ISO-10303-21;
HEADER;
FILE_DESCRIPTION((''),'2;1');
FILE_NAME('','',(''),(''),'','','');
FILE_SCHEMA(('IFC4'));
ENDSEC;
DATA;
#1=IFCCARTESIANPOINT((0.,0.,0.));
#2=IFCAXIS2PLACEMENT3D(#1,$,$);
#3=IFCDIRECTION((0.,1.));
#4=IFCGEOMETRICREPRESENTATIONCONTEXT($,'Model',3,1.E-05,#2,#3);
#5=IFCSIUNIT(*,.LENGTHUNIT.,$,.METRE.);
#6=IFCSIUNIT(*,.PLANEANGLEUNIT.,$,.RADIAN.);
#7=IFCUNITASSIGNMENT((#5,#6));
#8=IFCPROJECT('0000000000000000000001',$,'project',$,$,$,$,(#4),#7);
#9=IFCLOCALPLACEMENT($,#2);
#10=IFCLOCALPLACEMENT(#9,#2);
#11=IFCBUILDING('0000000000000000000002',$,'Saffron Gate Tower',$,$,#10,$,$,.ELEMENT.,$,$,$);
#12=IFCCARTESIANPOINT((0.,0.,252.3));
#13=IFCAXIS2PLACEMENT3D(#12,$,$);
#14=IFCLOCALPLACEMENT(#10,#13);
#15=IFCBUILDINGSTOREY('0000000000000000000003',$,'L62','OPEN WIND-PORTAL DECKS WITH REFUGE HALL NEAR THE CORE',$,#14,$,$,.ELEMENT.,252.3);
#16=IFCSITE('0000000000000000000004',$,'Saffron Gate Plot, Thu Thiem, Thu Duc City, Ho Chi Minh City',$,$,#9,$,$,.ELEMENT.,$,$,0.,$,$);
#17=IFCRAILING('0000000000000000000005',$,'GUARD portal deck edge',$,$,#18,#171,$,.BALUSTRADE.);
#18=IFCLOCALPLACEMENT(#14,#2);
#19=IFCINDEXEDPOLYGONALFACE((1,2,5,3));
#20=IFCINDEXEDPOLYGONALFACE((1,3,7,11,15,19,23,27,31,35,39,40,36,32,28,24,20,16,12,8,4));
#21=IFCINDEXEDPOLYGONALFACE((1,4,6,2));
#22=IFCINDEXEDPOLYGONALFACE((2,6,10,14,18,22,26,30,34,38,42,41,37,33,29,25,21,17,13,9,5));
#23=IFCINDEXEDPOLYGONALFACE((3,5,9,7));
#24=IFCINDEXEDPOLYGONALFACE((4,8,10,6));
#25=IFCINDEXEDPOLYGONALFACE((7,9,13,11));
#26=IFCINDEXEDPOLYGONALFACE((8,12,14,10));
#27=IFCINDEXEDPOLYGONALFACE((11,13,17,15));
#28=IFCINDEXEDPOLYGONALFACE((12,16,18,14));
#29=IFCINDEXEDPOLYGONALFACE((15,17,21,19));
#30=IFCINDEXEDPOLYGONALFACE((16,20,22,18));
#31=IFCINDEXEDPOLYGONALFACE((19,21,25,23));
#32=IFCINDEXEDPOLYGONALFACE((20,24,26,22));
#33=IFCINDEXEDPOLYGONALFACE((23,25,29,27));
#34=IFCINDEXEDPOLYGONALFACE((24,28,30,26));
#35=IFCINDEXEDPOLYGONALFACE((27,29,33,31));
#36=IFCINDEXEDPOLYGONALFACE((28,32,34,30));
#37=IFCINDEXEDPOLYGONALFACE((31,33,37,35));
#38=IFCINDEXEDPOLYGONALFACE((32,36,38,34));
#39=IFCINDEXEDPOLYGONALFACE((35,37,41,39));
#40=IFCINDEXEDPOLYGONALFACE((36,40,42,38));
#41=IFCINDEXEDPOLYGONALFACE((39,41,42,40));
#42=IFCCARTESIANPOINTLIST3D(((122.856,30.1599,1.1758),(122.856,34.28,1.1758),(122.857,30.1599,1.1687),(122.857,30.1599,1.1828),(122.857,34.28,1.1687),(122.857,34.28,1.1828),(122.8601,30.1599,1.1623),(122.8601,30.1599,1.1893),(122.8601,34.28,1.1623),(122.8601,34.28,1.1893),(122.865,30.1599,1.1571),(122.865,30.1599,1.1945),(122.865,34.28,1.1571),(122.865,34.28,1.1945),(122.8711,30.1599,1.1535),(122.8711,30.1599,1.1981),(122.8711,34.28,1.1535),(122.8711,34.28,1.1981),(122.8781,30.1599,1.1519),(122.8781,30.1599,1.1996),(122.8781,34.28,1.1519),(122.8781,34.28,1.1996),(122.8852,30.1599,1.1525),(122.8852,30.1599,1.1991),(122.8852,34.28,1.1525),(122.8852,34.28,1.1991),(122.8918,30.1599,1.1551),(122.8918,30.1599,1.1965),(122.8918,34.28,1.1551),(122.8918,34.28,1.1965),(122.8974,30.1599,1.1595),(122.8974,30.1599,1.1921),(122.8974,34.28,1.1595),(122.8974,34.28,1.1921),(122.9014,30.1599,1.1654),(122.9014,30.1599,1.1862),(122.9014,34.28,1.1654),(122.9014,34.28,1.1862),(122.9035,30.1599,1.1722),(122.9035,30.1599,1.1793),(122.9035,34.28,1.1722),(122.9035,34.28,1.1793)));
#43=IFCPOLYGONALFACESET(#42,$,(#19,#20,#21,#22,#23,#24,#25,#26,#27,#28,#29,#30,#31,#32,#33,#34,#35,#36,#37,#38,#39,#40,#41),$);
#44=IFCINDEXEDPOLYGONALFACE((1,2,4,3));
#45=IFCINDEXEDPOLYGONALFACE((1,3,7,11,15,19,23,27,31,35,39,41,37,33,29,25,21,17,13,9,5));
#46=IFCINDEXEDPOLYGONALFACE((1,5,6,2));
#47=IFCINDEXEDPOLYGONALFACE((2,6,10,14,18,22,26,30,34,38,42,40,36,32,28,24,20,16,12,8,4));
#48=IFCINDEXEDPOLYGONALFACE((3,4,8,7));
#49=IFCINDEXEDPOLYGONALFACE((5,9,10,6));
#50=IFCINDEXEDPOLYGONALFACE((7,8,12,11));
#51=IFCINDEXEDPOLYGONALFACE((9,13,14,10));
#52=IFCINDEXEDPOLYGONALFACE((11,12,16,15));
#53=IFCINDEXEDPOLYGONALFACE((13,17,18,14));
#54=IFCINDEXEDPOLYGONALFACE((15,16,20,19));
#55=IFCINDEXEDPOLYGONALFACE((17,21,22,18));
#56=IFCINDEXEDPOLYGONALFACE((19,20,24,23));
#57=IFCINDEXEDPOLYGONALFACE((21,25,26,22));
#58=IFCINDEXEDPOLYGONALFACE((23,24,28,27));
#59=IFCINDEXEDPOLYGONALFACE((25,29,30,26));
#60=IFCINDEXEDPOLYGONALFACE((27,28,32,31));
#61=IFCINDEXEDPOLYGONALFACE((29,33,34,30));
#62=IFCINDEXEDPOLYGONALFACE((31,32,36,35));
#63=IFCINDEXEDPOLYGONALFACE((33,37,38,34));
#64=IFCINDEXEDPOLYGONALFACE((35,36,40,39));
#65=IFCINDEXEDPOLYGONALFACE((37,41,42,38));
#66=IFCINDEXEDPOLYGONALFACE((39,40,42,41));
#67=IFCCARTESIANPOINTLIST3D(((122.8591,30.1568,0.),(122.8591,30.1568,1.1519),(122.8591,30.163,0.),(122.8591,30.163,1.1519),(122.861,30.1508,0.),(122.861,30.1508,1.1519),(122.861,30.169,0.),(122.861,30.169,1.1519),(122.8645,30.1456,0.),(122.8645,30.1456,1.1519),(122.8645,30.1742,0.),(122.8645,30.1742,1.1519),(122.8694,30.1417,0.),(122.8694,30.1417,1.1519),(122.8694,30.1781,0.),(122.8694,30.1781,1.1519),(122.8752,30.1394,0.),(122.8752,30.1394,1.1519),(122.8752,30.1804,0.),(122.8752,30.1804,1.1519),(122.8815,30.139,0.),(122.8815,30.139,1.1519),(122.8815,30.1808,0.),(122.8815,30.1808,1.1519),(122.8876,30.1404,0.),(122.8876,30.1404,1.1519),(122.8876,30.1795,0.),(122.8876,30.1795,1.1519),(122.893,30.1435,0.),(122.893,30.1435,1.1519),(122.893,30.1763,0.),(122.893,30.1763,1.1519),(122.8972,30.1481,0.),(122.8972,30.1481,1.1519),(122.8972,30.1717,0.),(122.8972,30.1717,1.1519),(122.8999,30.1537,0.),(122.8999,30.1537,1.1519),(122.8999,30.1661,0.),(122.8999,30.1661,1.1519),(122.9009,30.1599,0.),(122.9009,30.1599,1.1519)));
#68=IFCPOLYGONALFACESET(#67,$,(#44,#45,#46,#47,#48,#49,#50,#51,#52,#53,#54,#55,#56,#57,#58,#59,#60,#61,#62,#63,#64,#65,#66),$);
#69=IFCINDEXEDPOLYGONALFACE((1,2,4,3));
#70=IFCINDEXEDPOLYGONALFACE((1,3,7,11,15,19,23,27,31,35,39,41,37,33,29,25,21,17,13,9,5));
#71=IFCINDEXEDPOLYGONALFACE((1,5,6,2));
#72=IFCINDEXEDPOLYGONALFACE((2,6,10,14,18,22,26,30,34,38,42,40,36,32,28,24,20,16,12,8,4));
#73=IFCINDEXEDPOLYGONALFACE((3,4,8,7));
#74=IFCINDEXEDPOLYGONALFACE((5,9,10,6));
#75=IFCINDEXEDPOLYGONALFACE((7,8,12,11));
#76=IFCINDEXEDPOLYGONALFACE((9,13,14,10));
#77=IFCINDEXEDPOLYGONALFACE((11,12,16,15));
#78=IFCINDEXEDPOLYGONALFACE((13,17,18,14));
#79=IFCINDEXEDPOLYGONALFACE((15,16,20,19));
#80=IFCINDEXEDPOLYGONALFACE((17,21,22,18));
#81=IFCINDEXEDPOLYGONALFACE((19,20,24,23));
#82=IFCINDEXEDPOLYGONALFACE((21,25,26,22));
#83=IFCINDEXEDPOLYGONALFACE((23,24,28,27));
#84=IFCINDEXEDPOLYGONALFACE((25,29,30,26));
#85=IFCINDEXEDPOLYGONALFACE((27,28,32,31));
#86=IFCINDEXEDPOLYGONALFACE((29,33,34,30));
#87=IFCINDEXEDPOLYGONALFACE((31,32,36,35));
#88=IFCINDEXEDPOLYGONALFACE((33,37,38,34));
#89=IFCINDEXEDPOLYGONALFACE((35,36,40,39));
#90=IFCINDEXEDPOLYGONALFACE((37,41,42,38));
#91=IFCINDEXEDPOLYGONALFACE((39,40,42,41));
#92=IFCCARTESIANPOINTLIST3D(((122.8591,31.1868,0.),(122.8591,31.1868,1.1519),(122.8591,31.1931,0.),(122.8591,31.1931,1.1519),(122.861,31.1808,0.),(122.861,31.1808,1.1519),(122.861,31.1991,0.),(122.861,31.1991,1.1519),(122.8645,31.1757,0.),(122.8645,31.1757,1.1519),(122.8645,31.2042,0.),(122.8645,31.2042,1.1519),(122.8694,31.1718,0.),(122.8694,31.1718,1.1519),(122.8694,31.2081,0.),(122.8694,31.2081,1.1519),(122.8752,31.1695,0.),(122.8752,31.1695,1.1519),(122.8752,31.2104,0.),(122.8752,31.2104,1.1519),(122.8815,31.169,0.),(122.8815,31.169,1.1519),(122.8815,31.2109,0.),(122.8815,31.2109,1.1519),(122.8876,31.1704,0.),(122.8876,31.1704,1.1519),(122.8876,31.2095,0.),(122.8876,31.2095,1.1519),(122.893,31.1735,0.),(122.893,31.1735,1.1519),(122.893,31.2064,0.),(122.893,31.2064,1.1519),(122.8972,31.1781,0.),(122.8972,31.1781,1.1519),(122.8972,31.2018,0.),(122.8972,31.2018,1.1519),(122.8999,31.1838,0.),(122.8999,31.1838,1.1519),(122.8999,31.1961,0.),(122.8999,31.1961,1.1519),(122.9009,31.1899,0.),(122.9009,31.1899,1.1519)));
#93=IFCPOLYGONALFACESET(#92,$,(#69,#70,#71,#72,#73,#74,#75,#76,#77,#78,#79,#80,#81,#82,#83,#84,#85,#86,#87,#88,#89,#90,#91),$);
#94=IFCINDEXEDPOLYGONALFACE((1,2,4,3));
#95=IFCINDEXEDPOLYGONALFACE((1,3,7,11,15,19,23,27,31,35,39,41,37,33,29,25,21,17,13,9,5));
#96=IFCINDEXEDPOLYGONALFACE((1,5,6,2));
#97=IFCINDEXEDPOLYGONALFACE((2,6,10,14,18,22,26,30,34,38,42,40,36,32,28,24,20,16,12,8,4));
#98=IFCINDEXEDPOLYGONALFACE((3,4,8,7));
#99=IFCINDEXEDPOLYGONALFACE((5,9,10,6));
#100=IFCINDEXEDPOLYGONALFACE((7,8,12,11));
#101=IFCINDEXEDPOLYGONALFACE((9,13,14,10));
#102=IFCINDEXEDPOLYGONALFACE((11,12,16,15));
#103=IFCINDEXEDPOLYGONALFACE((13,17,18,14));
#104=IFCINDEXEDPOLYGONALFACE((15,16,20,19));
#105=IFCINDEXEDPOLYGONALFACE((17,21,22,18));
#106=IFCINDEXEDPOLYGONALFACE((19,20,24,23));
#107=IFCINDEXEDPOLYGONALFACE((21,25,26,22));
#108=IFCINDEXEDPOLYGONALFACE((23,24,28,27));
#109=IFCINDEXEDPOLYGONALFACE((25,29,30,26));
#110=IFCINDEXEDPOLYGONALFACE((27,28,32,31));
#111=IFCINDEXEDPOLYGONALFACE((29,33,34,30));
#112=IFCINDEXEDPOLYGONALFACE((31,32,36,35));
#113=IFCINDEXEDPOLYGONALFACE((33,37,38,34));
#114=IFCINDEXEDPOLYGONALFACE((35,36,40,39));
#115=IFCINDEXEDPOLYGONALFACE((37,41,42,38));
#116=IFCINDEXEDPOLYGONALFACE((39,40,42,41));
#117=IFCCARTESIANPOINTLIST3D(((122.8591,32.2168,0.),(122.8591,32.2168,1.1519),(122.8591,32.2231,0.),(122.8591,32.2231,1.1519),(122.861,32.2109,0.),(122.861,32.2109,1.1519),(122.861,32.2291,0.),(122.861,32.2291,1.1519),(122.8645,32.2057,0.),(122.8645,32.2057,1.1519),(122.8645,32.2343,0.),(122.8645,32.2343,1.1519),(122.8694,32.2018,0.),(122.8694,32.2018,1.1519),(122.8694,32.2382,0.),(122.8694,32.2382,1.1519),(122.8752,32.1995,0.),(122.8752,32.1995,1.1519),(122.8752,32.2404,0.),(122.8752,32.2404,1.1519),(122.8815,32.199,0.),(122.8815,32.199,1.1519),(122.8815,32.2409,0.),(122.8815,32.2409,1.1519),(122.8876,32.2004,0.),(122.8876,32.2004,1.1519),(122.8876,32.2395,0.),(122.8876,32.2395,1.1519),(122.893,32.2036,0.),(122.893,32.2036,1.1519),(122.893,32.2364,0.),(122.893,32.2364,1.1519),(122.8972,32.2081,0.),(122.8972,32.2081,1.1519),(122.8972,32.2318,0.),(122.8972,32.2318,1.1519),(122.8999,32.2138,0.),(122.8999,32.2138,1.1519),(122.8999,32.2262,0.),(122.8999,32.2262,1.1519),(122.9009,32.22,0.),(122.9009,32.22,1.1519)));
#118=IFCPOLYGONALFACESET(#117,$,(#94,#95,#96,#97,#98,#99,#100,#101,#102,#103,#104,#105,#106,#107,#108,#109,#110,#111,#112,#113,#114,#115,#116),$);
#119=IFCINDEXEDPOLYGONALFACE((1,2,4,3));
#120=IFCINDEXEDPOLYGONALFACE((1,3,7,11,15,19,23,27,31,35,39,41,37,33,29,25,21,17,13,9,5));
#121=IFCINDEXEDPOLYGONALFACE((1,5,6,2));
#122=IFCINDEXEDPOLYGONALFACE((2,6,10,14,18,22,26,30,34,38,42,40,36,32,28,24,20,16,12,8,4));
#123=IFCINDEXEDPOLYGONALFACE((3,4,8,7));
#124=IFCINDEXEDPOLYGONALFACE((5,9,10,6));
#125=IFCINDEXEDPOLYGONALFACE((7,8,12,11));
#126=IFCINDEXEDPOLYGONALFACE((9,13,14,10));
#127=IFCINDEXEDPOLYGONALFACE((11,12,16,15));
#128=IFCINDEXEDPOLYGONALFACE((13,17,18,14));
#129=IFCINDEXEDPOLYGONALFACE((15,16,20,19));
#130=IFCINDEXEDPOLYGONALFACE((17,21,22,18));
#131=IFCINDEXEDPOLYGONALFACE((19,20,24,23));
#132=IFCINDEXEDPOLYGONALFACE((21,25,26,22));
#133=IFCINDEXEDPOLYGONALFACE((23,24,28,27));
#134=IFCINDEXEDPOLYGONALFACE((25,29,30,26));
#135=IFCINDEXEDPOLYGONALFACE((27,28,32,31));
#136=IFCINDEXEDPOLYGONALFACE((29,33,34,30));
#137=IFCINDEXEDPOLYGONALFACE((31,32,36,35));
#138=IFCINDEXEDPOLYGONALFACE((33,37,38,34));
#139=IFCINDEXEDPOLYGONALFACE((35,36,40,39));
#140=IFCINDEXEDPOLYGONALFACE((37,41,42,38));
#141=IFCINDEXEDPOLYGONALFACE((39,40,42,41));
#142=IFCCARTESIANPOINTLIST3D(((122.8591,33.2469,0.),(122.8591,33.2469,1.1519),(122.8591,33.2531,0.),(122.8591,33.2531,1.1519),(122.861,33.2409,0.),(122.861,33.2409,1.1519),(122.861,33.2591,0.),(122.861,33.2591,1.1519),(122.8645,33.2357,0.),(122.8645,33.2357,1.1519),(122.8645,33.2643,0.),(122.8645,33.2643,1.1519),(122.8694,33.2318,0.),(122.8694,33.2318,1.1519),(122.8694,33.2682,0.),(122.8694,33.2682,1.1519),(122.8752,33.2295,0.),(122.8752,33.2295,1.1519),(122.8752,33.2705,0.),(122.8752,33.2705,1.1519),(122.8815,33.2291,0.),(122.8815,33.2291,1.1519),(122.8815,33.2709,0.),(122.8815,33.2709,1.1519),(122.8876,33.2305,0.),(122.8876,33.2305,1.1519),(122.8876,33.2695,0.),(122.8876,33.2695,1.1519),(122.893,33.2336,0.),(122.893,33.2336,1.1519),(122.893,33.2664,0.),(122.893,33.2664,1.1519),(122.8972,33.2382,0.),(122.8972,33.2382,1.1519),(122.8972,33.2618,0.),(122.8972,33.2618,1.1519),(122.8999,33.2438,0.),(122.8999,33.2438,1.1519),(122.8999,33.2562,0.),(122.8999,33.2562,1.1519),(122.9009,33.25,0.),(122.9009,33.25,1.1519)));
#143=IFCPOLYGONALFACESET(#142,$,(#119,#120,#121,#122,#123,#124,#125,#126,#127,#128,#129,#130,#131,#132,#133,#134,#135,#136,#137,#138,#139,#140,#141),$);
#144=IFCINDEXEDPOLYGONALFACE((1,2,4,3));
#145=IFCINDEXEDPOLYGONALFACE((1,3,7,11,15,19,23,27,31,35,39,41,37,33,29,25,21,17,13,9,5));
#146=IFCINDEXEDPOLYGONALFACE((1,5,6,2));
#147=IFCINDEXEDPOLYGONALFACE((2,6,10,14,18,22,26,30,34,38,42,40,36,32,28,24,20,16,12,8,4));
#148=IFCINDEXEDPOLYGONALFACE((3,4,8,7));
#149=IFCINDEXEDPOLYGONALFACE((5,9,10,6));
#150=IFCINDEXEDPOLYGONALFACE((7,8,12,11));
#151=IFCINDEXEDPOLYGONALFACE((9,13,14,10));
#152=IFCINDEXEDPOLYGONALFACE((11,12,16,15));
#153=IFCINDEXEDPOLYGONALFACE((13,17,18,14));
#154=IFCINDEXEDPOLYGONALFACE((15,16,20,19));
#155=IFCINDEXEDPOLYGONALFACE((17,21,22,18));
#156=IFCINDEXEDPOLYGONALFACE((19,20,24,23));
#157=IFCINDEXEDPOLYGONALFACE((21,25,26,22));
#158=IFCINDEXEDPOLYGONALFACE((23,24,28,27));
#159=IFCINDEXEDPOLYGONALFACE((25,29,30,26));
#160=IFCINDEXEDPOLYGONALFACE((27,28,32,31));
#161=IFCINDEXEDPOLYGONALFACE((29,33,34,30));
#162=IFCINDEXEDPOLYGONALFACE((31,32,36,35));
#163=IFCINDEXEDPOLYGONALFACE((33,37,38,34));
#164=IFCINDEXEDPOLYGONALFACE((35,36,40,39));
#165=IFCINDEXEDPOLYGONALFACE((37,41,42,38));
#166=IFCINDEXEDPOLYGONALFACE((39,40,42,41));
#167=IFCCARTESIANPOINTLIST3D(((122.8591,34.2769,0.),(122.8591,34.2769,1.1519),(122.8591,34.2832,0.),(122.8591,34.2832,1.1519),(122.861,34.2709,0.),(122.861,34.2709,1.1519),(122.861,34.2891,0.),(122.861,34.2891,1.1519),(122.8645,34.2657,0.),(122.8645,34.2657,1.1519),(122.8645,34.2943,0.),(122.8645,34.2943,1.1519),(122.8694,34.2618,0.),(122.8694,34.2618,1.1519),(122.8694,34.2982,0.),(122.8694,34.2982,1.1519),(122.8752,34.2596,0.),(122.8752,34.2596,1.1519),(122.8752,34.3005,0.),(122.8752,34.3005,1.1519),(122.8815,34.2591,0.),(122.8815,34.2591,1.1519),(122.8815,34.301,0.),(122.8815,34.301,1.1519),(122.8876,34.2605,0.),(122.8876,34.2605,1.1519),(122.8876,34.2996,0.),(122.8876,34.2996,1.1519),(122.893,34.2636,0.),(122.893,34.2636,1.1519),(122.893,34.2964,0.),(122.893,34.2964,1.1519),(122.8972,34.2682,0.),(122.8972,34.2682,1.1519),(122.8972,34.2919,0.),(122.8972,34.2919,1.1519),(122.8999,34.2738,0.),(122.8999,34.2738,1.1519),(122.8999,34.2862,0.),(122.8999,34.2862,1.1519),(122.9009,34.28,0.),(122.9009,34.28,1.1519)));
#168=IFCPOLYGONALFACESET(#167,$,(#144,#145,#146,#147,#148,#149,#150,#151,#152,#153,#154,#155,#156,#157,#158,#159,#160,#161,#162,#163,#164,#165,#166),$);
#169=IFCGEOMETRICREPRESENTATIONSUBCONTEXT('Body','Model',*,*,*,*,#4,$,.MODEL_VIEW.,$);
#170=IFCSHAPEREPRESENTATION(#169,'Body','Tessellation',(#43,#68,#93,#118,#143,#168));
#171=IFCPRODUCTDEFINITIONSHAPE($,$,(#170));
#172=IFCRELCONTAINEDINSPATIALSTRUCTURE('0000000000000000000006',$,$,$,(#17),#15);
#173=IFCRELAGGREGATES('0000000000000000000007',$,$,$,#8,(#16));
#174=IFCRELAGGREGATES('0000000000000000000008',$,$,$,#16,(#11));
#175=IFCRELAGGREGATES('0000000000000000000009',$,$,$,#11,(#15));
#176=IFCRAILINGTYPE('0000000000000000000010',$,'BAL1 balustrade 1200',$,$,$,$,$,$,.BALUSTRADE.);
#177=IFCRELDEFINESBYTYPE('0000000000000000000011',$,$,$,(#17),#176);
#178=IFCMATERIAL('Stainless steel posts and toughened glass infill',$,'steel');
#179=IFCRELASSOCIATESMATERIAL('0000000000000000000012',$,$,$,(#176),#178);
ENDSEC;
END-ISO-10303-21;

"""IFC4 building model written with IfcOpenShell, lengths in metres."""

from ifc_helpers import new_model, si_unit, direction, frame, origin, origin_2d, place, context, subcontext, project, spatial, circle, extrude, material, type_object, element, save


model = new_model("IFC4")

# Units and contexts
model_context = context("Model", 3, precision=1e-05, world=origin(), true_north=direction((0.0, 1.0)))
body_context = subcontext(model_context, "Body", "Model", "MODEL_VIEW")
ifc_project = project(units=[si_unit("LENGTHUNIT", "METRE"), si_unit("PLANEANGLEUNIT", "RADIAN")], contexts=[model_context])

# Site, building, storey
site_placement = place(None, origin())
site = spatial("IfcSite", under=ifc_project, at=site_placement, Name="Saffron Gate Plot, Thu Thiem, Thu Duc City, Ho Chi Minh City", CompositionType="ELEMENT", RefElevation=0.0)
building_placement = place(site_placement, origin())
building = spatial("IfcBuilding", under=site, at=building_placement, Name="Saffron Gate Tower", CompositionType="ELEMENT")
storey_placement = place(building_placement, frame((0.0, 0.0, 252.3)))
storey = spatial("IfcBuildingStorey", under=building, at=storey_placement, Name="L62", Description="OPEN WIND-PORTAL DECKS WITH REFUGE HALL NEAR THE CORE", CompositionType="ELEMENT", Elevation=252.3)

# Railing
ifc_material_1 = material(Name="Stainless steel posts and toughened glass infill", Category="steel")
railing_type_1 = type_object("IfcRailingType", Name="BAL1 balustrade 1200", PredefinedType="BALUSTRADE", material=ifc_material_1)
railing_1_placement = place(storey_placement, frame((122.8799, 30.1599, 0.0)))
element("IfcRailing", 1, at=railing_1_placement, inside=storey, type_object=railing_type_1, Name="GUARD portal deck edge", PredefinedType="BALUSTRADE", context=body_context, shape_type="SweptSolid", body=[
    extrude(circle(Radius=0.0239, at=origin_2d()), frame((0.0, 0.0, 1.1758), z_axis=(0.0, 1.0, 0.0), x_axis=(-1.0, 0.0, 0.0)), (0.0, 0.0, 1.0), 4.1201),
    extrude(circle(Radius=0.021, at=origin_2d()), origin(), (0.0, 0.0, 1.0), 1.1519),
    extrude(circle(Radius=0.021, at=origin_2d()), frame((0.0, 1.03, 0.0)), (0.0, 0.0, 1.0), 1.1519),
    extrude(circle(Radius=0.021, at=origin_2d()), frame((0.0, 2.0601, 0.0)), (0.0, 0.0, 1.0), 1.1519),
    extrude(circle(Radius=0.021, at=origin_2d()), frame((0.0, 3.0901, 0.0)), (0.0, 0.0, 1.0), 1.1519),
    extrude(circle(Radius=0.021, at=origin_2d()), frame((0.0, 4.1201, 0.0)), (0.0, 0.0, 1.0), 1.1519),
])

save(model, "model.ifc")
